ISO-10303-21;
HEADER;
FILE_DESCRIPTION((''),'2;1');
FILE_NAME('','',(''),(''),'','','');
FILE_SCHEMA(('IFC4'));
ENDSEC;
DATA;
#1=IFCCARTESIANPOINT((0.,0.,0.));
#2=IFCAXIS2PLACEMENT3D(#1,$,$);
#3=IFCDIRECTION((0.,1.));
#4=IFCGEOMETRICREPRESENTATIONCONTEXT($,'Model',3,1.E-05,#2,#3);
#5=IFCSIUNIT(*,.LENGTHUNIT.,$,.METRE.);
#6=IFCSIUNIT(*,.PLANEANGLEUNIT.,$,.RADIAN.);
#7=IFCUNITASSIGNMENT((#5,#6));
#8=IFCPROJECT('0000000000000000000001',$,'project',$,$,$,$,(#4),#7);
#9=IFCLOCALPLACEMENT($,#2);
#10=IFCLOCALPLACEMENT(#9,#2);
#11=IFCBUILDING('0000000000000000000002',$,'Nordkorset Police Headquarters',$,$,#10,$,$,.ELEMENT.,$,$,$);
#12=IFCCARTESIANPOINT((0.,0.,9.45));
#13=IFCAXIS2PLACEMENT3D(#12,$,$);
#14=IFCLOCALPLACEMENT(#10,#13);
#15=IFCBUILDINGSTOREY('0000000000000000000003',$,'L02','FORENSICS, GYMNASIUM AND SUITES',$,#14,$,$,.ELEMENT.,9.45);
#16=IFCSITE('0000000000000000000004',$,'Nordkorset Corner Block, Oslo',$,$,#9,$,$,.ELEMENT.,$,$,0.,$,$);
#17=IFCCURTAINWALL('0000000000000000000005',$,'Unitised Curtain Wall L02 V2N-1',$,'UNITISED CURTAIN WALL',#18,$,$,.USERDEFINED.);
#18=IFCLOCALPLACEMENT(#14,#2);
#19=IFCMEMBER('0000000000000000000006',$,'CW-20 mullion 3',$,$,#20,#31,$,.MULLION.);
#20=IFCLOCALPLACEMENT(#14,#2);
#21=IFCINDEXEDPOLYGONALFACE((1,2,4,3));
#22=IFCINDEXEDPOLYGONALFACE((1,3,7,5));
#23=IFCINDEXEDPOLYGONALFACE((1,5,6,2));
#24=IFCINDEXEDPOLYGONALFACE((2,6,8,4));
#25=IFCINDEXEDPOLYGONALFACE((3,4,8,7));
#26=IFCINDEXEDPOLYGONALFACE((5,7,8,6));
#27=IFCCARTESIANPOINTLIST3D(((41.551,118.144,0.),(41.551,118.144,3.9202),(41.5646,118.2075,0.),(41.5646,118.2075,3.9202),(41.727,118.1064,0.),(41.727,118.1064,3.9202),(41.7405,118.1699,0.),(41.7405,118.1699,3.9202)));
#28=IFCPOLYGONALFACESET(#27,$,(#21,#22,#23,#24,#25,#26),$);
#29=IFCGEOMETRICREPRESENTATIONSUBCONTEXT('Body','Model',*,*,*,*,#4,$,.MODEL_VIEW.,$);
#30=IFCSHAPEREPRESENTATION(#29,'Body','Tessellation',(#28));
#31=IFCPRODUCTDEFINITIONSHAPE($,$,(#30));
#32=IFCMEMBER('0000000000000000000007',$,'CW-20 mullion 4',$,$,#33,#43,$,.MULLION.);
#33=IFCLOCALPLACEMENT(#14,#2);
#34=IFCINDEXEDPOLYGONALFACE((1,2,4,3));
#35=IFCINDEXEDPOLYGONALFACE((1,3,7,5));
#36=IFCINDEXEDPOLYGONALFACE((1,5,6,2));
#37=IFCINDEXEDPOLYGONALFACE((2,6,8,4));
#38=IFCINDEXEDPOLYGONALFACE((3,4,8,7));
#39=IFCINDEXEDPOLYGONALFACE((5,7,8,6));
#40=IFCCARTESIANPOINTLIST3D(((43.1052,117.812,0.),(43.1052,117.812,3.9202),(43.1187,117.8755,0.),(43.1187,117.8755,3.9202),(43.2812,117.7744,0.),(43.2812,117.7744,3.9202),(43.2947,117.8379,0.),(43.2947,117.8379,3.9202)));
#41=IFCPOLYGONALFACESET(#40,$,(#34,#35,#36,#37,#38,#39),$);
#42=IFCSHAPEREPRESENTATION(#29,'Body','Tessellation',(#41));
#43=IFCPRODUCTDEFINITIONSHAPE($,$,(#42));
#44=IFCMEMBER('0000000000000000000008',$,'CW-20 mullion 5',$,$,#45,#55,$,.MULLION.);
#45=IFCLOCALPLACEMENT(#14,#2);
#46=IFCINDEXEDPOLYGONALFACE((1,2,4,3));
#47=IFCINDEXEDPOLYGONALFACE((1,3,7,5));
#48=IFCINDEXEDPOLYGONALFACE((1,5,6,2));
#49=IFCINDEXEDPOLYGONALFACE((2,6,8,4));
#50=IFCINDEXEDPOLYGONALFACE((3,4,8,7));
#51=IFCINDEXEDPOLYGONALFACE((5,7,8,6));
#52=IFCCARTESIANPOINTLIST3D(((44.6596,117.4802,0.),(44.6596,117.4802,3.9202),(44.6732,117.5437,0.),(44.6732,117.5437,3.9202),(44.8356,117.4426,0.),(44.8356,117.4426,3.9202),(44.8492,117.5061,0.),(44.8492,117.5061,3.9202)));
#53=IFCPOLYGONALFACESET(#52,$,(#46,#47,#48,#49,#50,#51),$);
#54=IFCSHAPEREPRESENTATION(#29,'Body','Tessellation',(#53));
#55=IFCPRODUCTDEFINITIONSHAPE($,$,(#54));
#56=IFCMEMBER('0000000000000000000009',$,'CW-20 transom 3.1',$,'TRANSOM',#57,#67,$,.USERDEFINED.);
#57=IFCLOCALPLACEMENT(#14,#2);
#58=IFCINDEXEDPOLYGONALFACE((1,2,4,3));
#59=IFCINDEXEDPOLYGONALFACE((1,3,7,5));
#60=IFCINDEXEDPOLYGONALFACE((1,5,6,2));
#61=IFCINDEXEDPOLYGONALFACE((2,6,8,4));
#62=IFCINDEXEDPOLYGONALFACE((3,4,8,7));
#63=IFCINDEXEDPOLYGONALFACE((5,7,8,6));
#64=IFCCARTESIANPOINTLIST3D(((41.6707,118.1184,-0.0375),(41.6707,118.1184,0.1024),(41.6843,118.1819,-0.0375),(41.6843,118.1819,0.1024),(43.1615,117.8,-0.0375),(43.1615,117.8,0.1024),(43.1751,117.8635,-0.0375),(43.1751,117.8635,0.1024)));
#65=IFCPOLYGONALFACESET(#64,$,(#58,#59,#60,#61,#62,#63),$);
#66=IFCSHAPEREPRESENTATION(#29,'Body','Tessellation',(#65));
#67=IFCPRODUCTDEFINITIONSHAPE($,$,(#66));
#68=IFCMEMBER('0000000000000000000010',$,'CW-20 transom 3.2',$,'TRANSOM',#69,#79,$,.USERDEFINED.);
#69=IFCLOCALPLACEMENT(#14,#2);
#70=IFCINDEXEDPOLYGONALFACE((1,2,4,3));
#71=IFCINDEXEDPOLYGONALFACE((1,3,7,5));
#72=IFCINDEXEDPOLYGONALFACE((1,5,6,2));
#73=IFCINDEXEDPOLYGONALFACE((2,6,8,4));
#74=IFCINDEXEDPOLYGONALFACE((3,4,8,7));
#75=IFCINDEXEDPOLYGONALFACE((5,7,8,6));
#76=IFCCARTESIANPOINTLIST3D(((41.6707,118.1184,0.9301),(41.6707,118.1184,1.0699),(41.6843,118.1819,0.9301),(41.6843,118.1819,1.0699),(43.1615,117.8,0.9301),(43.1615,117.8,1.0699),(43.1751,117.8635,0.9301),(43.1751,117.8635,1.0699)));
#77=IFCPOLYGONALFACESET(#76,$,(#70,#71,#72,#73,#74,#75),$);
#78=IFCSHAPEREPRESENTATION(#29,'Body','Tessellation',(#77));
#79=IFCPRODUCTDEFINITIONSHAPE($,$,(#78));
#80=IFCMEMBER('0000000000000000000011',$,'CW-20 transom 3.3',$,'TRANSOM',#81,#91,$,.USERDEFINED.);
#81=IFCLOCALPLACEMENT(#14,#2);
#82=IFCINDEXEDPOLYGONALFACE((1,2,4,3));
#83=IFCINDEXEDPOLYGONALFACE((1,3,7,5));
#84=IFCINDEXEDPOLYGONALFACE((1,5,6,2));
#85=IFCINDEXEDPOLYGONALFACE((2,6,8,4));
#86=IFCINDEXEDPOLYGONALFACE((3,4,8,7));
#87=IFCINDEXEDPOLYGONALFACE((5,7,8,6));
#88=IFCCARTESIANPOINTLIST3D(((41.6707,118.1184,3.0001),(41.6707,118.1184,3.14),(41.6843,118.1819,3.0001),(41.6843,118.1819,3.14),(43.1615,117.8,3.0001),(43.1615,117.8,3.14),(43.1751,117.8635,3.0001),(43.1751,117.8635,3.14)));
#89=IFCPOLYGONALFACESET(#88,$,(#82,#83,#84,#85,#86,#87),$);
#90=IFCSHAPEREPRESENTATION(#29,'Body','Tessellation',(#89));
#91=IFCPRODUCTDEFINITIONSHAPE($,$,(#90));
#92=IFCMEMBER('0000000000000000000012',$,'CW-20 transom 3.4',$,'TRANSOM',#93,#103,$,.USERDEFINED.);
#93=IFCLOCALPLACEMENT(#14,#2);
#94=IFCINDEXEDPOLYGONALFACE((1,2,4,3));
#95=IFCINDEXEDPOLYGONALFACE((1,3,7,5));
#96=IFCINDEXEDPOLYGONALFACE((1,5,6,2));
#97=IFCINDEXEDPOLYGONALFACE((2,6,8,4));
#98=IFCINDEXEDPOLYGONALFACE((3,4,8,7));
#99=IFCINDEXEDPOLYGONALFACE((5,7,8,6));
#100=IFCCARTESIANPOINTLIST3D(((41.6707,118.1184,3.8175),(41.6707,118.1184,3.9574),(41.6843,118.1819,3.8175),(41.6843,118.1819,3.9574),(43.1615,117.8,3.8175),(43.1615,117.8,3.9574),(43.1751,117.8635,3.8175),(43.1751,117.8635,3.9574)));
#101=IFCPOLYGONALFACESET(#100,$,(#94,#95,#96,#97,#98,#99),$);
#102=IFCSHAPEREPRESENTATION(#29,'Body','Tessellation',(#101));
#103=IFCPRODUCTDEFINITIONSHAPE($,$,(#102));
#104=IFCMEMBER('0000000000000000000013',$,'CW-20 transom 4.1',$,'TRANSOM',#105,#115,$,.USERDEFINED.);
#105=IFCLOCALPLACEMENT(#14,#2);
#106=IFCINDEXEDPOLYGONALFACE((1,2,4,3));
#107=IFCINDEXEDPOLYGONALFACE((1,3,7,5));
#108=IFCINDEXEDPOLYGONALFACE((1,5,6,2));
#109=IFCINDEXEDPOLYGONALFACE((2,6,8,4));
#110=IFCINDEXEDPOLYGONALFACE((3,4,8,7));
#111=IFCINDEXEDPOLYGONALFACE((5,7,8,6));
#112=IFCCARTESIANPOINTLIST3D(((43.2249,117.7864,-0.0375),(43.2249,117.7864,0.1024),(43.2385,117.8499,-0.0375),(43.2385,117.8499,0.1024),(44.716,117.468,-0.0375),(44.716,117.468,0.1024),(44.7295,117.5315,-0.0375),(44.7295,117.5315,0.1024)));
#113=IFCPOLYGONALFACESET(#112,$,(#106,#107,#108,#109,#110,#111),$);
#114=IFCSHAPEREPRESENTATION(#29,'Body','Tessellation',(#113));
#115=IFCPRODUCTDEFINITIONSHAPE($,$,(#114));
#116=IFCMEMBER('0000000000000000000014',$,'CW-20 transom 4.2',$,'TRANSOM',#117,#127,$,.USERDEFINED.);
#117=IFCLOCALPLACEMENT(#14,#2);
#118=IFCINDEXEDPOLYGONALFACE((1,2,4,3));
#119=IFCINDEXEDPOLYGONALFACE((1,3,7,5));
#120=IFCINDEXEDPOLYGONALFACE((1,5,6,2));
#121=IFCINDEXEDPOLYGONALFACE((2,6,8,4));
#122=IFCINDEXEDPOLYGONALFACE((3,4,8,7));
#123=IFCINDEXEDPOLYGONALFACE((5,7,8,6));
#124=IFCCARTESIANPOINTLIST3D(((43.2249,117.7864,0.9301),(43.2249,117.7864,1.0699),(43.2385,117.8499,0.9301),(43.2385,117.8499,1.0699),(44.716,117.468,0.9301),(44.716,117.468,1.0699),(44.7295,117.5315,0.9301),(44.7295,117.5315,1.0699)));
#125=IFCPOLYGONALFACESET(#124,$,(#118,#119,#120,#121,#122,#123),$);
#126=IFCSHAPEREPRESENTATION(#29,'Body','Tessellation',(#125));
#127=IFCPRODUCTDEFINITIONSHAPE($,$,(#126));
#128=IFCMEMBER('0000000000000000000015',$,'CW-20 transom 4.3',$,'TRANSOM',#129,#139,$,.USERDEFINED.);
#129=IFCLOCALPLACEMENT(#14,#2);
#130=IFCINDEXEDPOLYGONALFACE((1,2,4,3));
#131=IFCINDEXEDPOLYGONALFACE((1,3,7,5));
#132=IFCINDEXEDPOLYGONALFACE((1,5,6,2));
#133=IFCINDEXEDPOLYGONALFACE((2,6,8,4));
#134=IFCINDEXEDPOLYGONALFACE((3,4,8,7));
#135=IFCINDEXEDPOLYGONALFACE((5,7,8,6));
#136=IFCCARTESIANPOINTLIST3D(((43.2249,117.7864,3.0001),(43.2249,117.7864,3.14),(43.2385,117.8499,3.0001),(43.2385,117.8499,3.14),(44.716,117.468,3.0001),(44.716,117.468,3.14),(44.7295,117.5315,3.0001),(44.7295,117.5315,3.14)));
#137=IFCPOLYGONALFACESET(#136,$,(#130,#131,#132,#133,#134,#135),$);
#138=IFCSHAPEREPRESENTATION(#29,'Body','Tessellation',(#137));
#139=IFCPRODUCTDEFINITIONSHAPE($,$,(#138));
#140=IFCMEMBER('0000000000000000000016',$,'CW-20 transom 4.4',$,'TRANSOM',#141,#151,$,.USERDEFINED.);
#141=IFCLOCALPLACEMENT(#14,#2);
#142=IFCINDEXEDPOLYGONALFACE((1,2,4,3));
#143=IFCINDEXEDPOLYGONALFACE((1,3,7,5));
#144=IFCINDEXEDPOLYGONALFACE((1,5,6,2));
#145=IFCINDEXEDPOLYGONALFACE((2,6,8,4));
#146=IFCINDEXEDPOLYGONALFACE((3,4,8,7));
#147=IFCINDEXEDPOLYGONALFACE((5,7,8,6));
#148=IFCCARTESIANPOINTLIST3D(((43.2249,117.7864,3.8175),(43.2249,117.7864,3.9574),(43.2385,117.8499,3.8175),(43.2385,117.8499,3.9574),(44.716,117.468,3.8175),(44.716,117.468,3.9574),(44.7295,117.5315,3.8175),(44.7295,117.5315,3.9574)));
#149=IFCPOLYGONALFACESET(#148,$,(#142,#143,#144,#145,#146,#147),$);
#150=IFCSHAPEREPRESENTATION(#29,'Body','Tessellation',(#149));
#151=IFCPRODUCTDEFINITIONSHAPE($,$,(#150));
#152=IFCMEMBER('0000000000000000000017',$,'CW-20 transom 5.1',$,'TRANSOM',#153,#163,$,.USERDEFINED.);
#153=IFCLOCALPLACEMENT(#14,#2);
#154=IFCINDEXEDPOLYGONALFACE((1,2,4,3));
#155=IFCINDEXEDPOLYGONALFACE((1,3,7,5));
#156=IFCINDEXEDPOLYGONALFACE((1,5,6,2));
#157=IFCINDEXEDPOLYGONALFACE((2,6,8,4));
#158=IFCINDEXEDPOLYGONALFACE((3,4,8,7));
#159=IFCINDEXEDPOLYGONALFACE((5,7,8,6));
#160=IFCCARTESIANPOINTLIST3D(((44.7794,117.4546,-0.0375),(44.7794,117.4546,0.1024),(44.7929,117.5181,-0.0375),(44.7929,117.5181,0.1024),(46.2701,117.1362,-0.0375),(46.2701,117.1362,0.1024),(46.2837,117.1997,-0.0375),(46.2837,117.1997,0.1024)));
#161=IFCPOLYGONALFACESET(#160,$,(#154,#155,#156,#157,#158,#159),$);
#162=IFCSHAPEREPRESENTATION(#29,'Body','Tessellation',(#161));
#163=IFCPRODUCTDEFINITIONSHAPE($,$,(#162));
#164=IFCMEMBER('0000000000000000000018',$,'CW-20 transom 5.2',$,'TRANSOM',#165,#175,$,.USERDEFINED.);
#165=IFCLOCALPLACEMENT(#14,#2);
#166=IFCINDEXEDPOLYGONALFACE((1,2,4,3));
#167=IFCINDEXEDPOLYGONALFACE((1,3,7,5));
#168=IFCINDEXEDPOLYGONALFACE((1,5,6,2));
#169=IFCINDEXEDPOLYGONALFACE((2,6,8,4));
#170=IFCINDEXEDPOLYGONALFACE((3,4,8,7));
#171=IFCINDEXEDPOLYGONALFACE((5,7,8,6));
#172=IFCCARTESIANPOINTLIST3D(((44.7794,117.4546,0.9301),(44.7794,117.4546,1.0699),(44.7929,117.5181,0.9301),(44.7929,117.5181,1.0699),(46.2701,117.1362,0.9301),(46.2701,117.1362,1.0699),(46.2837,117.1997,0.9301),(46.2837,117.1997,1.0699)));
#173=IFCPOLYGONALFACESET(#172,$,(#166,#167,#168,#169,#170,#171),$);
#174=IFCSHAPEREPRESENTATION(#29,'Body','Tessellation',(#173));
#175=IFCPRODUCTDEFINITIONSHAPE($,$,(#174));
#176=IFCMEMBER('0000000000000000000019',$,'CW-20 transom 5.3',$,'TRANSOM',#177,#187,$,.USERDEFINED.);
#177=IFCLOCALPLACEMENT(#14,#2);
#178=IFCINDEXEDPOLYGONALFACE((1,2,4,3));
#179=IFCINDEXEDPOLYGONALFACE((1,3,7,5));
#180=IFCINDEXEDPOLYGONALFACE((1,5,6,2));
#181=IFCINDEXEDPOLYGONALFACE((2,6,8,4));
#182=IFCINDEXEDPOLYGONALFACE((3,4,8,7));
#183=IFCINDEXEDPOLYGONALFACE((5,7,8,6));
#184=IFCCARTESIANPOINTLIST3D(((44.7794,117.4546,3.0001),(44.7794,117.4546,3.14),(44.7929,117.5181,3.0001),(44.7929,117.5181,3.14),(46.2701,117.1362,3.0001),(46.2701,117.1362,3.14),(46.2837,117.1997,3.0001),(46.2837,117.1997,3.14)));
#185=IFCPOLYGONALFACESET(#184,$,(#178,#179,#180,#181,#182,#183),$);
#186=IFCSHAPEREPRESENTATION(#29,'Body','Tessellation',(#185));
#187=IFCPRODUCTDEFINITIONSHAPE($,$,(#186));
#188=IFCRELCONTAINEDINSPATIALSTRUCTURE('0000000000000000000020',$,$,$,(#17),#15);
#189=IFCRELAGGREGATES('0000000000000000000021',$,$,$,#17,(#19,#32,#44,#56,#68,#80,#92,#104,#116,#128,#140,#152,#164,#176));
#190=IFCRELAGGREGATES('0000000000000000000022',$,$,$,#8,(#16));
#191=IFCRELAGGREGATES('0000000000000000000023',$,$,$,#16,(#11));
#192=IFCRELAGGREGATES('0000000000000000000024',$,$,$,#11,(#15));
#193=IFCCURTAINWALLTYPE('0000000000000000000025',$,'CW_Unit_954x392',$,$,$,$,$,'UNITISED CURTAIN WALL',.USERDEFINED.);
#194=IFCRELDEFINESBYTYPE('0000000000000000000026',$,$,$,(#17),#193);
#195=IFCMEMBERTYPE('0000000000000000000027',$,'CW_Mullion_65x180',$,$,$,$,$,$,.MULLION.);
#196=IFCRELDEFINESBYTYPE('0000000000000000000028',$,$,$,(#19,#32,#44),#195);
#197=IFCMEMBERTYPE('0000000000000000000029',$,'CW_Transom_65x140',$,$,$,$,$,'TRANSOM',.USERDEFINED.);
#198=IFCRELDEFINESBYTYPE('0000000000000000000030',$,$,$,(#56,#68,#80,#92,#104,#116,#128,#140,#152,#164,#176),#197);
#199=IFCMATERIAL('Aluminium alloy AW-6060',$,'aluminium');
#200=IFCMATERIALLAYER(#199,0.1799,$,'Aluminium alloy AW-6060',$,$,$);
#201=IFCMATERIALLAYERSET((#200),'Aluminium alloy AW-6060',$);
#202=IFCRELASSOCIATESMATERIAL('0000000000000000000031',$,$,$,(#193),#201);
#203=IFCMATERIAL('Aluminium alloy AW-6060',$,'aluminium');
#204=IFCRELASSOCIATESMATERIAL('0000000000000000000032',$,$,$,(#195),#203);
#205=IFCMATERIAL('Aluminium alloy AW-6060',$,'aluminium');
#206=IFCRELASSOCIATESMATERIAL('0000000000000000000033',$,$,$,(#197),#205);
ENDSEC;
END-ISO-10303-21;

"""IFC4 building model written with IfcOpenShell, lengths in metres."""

from ifc_helpers import new_model, si_unit, direction, frame, origin, origin_2d, place, context, subcontext, project, spatial, rectangle, extrude, material, layer, layer_set, material_profile, profile_set, type_object, element, aggregate, save


model = new_model("IFC4")

# Units and contexts
model_context = context("Model", 3, precision=1e-05, world=origin(), true_north=direction((0.0, 1.0)))
body_context = subcontext(model_context, "Body", "Model", "MODEL_VIEW")
ifc_project = project(units=[si_unit("LENGTHUNIT", "METRE"), si_unit("PLANEANGLEUNIT", "RADIAN")], contexts=[model_context])

# Site, building, storey
site_placement = place(None, origin())
site = spatial("IfcSite", under=ifc_project, at=site_placement, Name="Nordkorset Corner Block, Oslo", CompositionType="ELEMENT", RefElevation=0.0)
building_placement = place(site_placement, origin())
building = spatial("IfcBuilding", under=site, at=building_placement, Name="Nordkorset Police Headquarters", CompositionType="ELEMENT")
storey_placement = place(building_placement, frame((0.0, 0.0, 9.45)))
storey = spatial("IfcBuildingStorey", under=building, at=storey_placement, Name="L02", Description="FORENSICS, GYMNASIUM AND SUITES", CompositionType="ELEMENT", Elevation=9.45)

# Curtain wall, members
ifc_material_1 = material(Name="Aluminium alloy AW-6060", Category="aluminium")
ifc_layer_1 = layer(ifc_material_1, 0.1799, Name="Aluminium alloy AW-6060")
ifc_layer_set_1 = layer_set([ifc_layer_1], Name="Aluminium alloy AW-6060")
curtain_wall_type = type_object("IfcCurtainWallType", Name="CW_Unit_954x392", ElementType="UNITISED CURTAIN WALL", PredefinedType="USERDEFINED", material=ifc_layer_set_1)
curtain_wall_placement = place(storey_placement, origin())
curtain_wall = element("IfcCurtainWall", 1, at=curtain_wall_placement, inside=storey, type_object=curtain_wall_type, Name="Unitised Curtain Wall L02 V2N-1", ObjectType="UNITISED CURTAIN WALL", PredefinedType="USERDEFINED")
ifc_material_2 = material(Name="Aluminium alloy AW-6060", Category="aluminium")
ifc_material_profile_1 = material_profile(ifc_material_2, rectangle(XDim=0.0649, YDim=0.1799, at=origin_2d()), Name="ALU MULL 65x180")
ifc_profile_set_1 = profile_set([ifc_material_profile_1], Name="Aluminium alloy AW-6060")
member_type_1 = type_object("IfcMemberType", Name="CW_Mullion_65x180", PredefinedType="MULLION", material=ifc_profile_set_1)
member_1_placement = place(storey_placement, frame((41.6458, 118.157, 0.0), z_axis=(0.0, 0.0, 1.0), x_axis=(0.208833, 0.977951, 0.0)))
member_1 = element("IfcMember", 2, at=member_1_placement, type_object=member_type_1, Name="CW-20 mullion 3", PredefinedType="MULLION", context=body_context, shape_type="SweptSolid", body=[
    extrude(rectangle(XDim=0.0649, YDim=0.1799, at=origin_2d()), origin(), (0.0, 0.0, 1.0), 3.9202),
])
member_2_placement = place(storey_placement, frame((43.2, 117.825, 0.0), z_axis=(0.0, 0.0, 1.0), x_axis=(0.208833, 0.977951, 0.0)))
member_2 = element("IfcMember", 3, at=member_2_placement, type_object=member_type_1, Name="CW-20 mullion 4", PredefinedType="MULLION", context=body_context, shape_type="SweptSolid", body=[
    extrude(rectangle(XDim=0.0649, YDim=0.1799, at=origin_2d()), origin(), (0.0, 0.0, 1.0), 3.9202),
])
member_3_placement = place(storey_placement, frame((44.7544, 117.4932, 0.0), z_axis=(0.0, 0.0, 1.0), x_axis=(0.208833, 0.977951, 0.0)))
member_3 = element("IfcMember", 4, at=member_3_placement, type_object=member_type_1, Name="CW-20 mullion 5", PredefinedType="MULLION", context=body_context, shape_type="SweptSolid", body=[
    extrude(rectangle(XDim=0.0649, YDim=0.1799, at=origin_2d()), origin(), (0.0, 0.0, 1.0), 3.9202),
])
ifc_material_3 = material(Name="Aluminium alloy AW-6060", Category="aluminium")
ifc_material_profile_2 = material_profile(ifc_material_3, rectangle(XDim=0.0649, YDim=0.1399, at=origin_2d()), Name="ALU TRAN 65x140")
ifc_profile_set_2 = profile_set([ifc_material_profile_2], Name="Aluminium alloy AW-6060")
member_type_2 = type_object("IfcMemberType", Name="CW_Transom_65x140", ElementType="TRANSOM", PredefinedType="USERDEFINED", material=ifc_profile_set_2)
member_4_placement = place(storey_placement, frame((41.6775, 118.1501, 0.0325), z_axis=(0.977947, -0.208851, 0.0), x_axis=(0.208851, 0.977947, 0.0)))
member_4 = element("IfcMember", 5, at=member_4_placement, type_object=member_type_2, Name="CW-20 transom 3.1", ObjectType="TRANSOM", PredefinedType="USERDEFINED", context=body_context, shape_type="SweptSolid", body=[
    extrude(rectangle(XDim=0.0649, YDim=0.1399, at=origin_2d()), origin(), (0.0, 0.0, 1.0), 1.5244),
])
member_5_placement = place(storey_placement, frame((41.6775, 118.1501, 1.0), z_axis=(0.977947, -0.208851, 0.0), x_axis=(0.208851, 0.977947, 0.0)))
member_5 = element("IfcMember", 6, at=member_5_placement, type_object=member_type_2, Name="CW-20 transom 3.2", ObjectType="TRANSOM", PredefinedType="USERDEFINED", context=body_context, shape_type="SweptSolid", body=[
    extrude(rectangle(XDim=0.0649, YDim=0.1399, at=origin_2d()), origin(), (0.0, 0.0, 1.0), 1.5244),
])
member_6_placement = place(storey_placement, frame((41.6775, 118.1501, 3.0701), z_axis=(0.977947, -0.208851, 0.0), x_axis=(0.208851, 0.977947, 0.0)))
member_6 = element("IfcMember", 7, at=member_6_placement, type_object=member_type_2, Name="CW-20 transom 3.3", ObjectType="TRANSOM", PredefinedType="USERDEFINED", context=body_context, shape_type="SweptSolid", body=[
    extrude(rectangle(XDim=0.0649, YDim=0.1399, at=origin_2d()), origin(), (0.0, 0.0, 1.0), 1.5244),
])
member_7_placement = place(storey_placement, frame((41.6775, 118.1501, 3.8875), z_axis=(0.977947, -0.208851, 0.0), x_axis=(0.208851, 0.977947, 0.0)))
member_7 = element("IfcMember", 8, at=member_7_placement, type_object=member_type_2, Name="CW-20 transom 3.4", ObjectType="TRANSOM", PredefinedType="USERDEFINED", context=body_context, shape_type="SweptSolid", body=[
    extrude(rectangle(XDim=0.0649, YDim=0.1399, at=origin_2d()), origin(), (0.0, 0.0, 1.0), 1.5244),
])
member_8_placement = place(storey_placement, frame((43.2317, 117.8181, 0.0325), z_axis=(0.977954, -0.208818, 0.0), x_axis=(0.208818, 0.977954, 0.0)))
member_8 = element("IfcMember", 9, at=member_8_placement, type_object=member_type_2, Name="CW-20 transom 4.1", ObjectType="TRANSOM", PredefinedType="USERDEFINED", context=body_context, shape_type="SweptSolid", body=[
    extrude(rectangle(XDim=0.0649, YDim=0.1399, at=origin_2d()), origin(), (0.0, 0.0, 1.0), 1.5247),
])
member_9_placement = place(storey_placement, frame((43.2317, 117.8181, 1.0), z_axis=(0.977954, -0.208818, 0.0), x_axis=(0.208818, 0.977954, 0.0)))
member_9 = element("IfcMember", 10, at=member_9_placement, type_object=member_type_2, Name="CW-20 transom 4.2", ObjectType="TRANSOM", PredefinedType="USERDEFINED", context=body_context, shape_type="SweptSolid", body=[
    extrude(rectangle(XDim=0.0649, YDim=0.1399, at=origin_2d()), origin(), (0.0, 0.0, 1.0), 1.5247),
])
member_10_placement = place(storey_placement, frame((43.2317, 117.8181, 3.0701), z_axis=(0.977954, -0.208818, 0.0), x_axis=(0.208818, 0.977954, 0.0)))
member_10 = element("IfcMember", 11, at=member_10_placement, type_object=member_type_2, Name="CW-20 transom 4.3", ObjectType="TRANSOM", PredefinedType="USERDEFINED", context=body_context, shape_type="SweptSolid", body=[
    extrude(rectangle(XDim=0.0649, YDim=0.1399, at=origin_2d()), origin(), (0.0, 0.0, 1.0), 1.5247),
])
member_11_placement = place(storey_placement, frame((43.2317, 117.8181, 3.8875), z_axis=(0.977954, -0.208818, 0.0), x_axis=(0.208818, 0.977954, 0.0)))
member_11 = element("IfcMember", 12, at=member_11_placement, type_object=member_type_2, Name="CW-20 transom 4.4", ObjectType="TRANSOM", PredefinedType="USERDEFINED", context=body_context, shape_type="SweptSolid", body=[
    extrude(rectangle(XDim=0.0649, YDim=0.1399, at=origin_2d()), origin(), (0.0, 0.0, 1.0), 1.5247),
])
member_12_placement = place(storey_placement, frame((44.7861, 117.4863, 0.0325), z_axis=(0.977947, -0.208851, 0.0), x_axis=(0.208851, 0.977947, 0.0)))
member_12 = element("IfcMember", 13, at=member_12_placement, type_object=member_type_2, Name="CW-20 transom 5.1", ObjectType="TRANSOM", PredefinedType="USERDEFINED", context=body_context, shape_type="SweptSolid", body=[
    extrude(rectangle(XDim=0.0649, YDim=0.1399, at=origin_2d()), origin(), (0.0, 0.0, 1.0), 1.5244),
])
member_13_placement = place(storey_placement, frame((44.7861, 117.4863, 1.0), z_axis=(0.977947, -0.208851, 0.0), x_axis=(0.208851, 0.977947, 0.0)))
member_13 = element("IfcMember", 14, at=member_13_placement, type_object=member_type_2, Name="CW-20 transom 5.2", ObjectType="TRANSOM", PredefinedType="USERDEFINED", context=body_context, shape_type="SweptSolid", body=[
    extrude(rectangle(XDim=0.0649, YDim=0.1399, at=origin_2d()), origin(), (0.0, 0.0, 1.0), 1.5244),
])
member_14_placement = place(storey_placement, frame((44.7861, 117.4863, 3.0701), z_axis=(0.977947, -0.208851, 0.0), x_axis=(0.208851, 0.977947, 0.0)))
member_14 = element("IfcMember", 15, at=member_14_placement, type_object=member_type_2, Name="CW-20 transom 5.3", ObjectType="TRANSOM", PredefinedType="USERDEFINED", context=body_context, shape_type="SweptSolid", body=[
    extrude(rectangle(XDim=0.0649, YDim=0.1399, at=origin_2d()), origin(), (0.0, 0.0, 1.0), 1.5244),
])
aggregate(curtain_wall, [member_1, member_2, member_3, member_4, member_5, member_6, member_7, member_8, member_9, member_10, member_11, member_12, member_13, member_14])

save(model, "model.ifc")
